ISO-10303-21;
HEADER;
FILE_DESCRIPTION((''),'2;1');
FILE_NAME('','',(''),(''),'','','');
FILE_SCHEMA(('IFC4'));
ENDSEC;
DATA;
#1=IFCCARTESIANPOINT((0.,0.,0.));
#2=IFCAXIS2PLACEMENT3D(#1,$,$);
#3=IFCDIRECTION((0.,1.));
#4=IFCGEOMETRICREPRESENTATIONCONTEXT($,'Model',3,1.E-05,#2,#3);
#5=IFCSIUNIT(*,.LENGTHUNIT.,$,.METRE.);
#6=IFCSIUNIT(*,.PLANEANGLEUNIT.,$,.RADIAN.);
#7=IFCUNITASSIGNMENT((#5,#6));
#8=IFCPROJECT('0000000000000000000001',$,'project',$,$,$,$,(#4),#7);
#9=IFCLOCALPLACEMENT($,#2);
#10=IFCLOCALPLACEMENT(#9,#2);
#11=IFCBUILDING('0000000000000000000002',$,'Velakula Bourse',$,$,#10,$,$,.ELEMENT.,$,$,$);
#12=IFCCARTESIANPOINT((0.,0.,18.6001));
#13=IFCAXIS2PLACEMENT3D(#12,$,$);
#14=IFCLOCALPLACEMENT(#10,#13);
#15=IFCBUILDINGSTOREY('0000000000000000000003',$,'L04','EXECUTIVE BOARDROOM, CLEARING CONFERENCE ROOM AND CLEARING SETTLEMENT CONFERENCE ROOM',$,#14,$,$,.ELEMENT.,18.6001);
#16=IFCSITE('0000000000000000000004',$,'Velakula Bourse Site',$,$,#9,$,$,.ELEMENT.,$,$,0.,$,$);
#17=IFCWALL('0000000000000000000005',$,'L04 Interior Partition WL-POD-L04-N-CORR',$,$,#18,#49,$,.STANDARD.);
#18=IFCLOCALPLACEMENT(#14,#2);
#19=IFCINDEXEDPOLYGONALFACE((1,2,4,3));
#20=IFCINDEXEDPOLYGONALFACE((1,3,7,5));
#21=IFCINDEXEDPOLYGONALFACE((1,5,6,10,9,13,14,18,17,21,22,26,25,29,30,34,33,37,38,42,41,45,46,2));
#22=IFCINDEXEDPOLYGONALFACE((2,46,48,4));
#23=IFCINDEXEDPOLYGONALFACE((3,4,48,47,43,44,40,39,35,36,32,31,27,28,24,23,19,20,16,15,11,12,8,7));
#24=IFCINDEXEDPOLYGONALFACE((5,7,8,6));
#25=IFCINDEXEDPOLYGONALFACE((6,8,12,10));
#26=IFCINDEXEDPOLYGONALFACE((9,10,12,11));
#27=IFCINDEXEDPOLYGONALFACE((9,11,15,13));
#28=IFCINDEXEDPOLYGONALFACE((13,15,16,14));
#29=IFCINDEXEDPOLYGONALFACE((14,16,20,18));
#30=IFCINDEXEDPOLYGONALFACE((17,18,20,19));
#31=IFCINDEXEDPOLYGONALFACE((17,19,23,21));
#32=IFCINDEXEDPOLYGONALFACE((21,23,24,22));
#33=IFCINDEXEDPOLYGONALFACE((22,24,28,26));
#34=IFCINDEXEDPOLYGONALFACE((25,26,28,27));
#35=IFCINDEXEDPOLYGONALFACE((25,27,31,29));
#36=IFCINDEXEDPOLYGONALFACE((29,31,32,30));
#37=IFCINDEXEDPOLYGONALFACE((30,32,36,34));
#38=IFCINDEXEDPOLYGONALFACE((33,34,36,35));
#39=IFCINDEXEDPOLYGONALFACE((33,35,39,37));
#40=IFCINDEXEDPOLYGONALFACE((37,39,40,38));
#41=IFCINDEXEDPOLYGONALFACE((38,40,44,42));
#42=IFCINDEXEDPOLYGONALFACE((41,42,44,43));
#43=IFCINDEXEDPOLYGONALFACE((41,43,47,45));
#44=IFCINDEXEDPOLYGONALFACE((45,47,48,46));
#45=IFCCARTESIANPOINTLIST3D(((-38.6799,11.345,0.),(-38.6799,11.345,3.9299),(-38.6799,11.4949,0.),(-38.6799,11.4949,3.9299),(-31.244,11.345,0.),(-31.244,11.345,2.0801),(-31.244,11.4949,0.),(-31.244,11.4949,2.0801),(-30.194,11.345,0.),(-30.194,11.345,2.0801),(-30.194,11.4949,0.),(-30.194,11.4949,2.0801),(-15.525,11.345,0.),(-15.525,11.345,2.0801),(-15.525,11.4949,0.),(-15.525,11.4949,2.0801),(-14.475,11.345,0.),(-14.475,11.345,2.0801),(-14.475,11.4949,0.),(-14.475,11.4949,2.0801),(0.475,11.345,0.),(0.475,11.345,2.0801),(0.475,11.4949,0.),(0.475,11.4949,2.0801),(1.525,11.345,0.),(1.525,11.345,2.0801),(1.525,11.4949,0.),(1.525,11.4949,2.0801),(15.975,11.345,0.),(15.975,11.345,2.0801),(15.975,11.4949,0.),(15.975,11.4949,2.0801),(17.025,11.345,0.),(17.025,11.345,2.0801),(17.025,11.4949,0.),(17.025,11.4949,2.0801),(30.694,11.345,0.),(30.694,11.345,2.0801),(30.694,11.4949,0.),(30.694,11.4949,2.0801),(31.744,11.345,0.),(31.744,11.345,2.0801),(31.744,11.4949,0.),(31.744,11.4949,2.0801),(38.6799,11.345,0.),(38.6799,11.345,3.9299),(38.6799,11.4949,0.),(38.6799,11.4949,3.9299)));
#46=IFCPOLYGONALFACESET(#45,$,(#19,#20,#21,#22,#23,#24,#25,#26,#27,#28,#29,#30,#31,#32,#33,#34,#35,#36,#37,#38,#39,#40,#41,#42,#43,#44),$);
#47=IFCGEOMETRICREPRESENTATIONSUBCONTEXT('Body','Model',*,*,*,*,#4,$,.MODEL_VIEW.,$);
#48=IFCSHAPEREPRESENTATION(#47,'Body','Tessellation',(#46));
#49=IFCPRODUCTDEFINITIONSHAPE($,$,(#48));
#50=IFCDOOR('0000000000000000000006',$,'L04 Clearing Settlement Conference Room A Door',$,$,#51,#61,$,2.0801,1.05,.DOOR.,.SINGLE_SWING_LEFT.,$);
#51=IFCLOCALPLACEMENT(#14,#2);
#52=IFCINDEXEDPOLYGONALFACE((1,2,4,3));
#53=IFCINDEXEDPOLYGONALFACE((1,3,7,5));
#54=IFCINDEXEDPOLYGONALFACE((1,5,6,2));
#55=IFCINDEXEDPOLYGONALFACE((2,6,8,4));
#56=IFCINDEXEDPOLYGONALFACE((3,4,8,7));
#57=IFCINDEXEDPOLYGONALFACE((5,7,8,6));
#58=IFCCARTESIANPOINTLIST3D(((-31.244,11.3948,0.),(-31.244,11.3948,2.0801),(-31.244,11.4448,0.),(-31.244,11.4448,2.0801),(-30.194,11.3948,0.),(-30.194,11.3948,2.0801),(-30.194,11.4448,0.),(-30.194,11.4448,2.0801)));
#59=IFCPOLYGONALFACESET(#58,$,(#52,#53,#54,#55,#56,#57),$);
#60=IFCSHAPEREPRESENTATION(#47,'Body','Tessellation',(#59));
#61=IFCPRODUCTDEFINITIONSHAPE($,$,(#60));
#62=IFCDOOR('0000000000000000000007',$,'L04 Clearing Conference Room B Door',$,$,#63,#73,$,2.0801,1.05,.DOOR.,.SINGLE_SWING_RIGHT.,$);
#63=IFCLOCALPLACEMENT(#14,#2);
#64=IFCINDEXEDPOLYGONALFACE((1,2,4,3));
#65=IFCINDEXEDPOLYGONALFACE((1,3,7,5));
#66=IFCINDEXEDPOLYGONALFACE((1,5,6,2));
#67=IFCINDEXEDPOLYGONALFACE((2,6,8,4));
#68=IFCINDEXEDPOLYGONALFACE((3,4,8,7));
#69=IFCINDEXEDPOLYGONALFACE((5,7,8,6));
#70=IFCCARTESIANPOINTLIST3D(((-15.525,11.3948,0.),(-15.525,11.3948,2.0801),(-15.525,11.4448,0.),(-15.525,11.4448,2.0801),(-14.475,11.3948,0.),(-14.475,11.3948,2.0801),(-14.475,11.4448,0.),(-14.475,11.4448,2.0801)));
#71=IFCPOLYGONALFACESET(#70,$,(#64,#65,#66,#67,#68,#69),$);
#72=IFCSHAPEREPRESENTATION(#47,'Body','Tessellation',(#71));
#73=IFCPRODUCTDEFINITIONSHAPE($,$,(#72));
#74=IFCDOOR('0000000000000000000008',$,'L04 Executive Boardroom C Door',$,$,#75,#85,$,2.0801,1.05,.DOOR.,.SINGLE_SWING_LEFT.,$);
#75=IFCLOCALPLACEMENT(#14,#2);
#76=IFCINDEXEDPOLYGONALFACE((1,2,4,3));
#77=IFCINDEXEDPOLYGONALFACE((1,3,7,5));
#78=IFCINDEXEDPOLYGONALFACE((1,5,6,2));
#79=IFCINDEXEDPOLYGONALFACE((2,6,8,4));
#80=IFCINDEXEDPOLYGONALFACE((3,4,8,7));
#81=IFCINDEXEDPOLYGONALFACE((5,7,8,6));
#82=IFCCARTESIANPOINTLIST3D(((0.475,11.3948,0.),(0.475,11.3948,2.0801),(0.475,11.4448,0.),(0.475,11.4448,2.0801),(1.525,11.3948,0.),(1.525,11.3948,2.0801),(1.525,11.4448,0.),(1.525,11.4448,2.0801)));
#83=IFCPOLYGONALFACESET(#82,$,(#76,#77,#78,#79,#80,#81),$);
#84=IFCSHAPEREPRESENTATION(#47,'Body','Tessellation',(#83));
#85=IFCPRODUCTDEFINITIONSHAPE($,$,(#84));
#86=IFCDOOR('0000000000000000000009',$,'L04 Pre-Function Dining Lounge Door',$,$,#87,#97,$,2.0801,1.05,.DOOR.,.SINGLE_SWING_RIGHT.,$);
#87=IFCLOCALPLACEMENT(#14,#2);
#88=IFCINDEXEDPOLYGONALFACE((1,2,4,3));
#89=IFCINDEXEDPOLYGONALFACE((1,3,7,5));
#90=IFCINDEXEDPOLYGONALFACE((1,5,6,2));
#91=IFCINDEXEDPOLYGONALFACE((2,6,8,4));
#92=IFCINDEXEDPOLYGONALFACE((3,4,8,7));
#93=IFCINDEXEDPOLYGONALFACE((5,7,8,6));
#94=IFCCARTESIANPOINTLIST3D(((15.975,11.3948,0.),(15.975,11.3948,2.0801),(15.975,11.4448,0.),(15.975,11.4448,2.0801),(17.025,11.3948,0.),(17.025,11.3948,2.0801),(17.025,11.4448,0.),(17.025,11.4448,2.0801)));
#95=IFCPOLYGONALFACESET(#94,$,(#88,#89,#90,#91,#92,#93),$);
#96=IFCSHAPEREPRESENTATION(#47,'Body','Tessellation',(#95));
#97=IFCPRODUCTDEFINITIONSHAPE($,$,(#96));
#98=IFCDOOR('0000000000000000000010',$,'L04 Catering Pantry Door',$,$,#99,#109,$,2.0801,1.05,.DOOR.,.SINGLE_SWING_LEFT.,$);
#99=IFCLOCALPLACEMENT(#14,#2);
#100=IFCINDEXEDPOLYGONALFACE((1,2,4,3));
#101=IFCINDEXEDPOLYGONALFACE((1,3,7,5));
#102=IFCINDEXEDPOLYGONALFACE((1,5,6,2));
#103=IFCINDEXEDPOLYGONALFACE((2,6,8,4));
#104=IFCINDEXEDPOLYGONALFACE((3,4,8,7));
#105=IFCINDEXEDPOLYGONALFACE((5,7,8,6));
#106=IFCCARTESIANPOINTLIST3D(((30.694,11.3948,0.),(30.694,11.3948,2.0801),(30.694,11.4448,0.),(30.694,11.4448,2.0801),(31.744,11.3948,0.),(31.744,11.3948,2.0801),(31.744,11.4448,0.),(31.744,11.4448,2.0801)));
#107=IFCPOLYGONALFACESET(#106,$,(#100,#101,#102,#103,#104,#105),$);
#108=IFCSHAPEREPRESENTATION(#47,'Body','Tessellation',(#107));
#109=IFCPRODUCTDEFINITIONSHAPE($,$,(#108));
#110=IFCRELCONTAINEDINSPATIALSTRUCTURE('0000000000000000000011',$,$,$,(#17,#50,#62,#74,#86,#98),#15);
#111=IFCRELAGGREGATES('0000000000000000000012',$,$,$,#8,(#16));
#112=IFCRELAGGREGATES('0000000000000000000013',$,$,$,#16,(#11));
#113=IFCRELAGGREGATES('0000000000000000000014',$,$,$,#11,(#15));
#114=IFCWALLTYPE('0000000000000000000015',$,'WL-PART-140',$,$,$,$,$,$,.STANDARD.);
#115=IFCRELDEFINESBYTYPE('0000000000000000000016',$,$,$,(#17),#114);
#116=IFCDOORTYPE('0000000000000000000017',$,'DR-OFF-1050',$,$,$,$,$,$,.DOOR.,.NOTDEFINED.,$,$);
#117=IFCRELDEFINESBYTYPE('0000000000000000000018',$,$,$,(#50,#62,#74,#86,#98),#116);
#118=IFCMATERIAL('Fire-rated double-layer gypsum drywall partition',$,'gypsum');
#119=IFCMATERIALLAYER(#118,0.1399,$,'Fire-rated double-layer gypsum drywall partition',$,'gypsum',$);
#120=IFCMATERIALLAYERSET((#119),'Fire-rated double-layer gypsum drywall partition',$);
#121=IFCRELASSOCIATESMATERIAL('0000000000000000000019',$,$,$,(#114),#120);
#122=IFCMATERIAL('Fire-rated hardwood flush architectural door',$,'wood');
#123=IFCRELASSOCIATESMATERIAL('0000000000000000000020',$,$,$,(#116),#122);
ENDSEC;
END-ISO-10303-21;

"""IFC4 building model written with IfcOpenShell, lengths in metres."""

from ifc_helpers import new_model, si_unit, direction, frame, frame_2d, origin, place, context, subcontext, project, spatial, rectangle, extrude, material, layer, layer_set, type_object, element, fill, save


model = new_model("IFC4")

# Units and contexts
model_context = context("Model", 3, precision=1e-05, world=origin(), true_north=direction((0.0, 1.0)))
body_context = subcontext(model_context, "Body", "Model", "MODEL_VIEW")
ifc_project = project(units=[si_unit("LENGTHUNIT", "METRE"), si_unit("PLANEANGLEUNIT", "RADIAN")], contexts=[model_context])

# Site, building, storey
site_placement = place(None, origin())
site = spatial("IfcSite", under=ifc_project, at=site_placement, Name="Velakula Bourse Site", CompositionType="ELEMENT", RefElevation=0.0)
building_placement = place(site_placement, origin())
building = spatial("IfcBuilding", under=site, at=building_placement, Name="Velakula Bourse", CompositionType="ELEMENT")
storey_placement = place(building_placement, frame((0.0, 0.0, 18.6001)))
storey = spatial("IfcBuildingStorey", under=building, at=storey_placement, Name="L04", Description="EXECUTIVE BOARDROOM, CLEARING CONFERENCE ROOM AND CLEARING SETTLEMENT CONFERENCE ROOM", CompositionType="ELEMENT", Elevation=18.6001)

# Wall, openings, doors
ifc_material_1 = material(Name="Fire-rated double-layer gypsum drywall partition", Category="gypsum")
ifc_layer = layer(ifc_material_1, 0.1399, Name="Fire-rated double-layer gypsum drywall partition", Category="gypsum")
ifc_layer_set = layer_set([ifc_layer], Name="Fire-rated double-layer gypsum drywall partition")
wall_type = type_object("IfcWallType", Name="WL-PART-140", PredefinedType="STANDARD", material=ifc_layer_set)
wall_placement = place(storey_placement, frame((-38.6799, 11.4199, 0.0), z_axis=(0.0, 0.0, 1.0), x_axis=(1.0, 0.0, 0.0)))
wall = element("IfcWall", 1, at=wall_placement, inside=storey, type_object=wall_type, Name="L04 Interior Partition WL-POD-L04-N-CORR", PredefinedType="STANDARD", context=body_context, shape_type="SweptSolid", body=[
    extrude(rectangle(XDim=77.3599, YDim=0.1499, at=frame_2d((38.6799, 0.0))), origin(), (0.0, 0.0, 1.0), 3.9299),
])
opening_1_placement = place(wall_placement, frame((7.436, 0.0, 0.0)))
opening_1 = element("IfcOpeningElement", 2, at=opening_1_placement, cuts=wall, PredefinedType="OPENING", context=body_context, shape_type="SweptSolid", body=[
    extrude(rectangle(XDim=1.05, YDim=2.0801, at=frame_2d((0.5249, 1.04))), frame((0.0, 0.085, 0.0), z_axis=(0.0, -1.0, 0.0), x_axis=(1.0, 0.0, 0.0)), (0.0, 0.0, 1.0), 0.1699),
])
opening_2_placement = place(wall_placement, frame((23.155, 0.0, 0.0)))
opening_2 = element("IfcOpeningElement", 3, at=opening_2_placement, cuts=wall, PredefinedType="OPENING", context=body_context, shape_type="SweptSolid", body=[
    extrude(rectangle(XDim=1.05, YDim=2.0801, at=frame_2d((0.5249, 1.04))), frame((0.0, 0.085, 0.0), z_axis=(0.0, -1.0, 0.0), x_axis=(1.0, 0.0, 0.0)), (0.0, 0.0, 1.0), 0.1699),
])
opening_3_placement = place(wall_placement, frame((39.155, 0.0, 0.0)))
opening_3 = element("IfcOpeningElement", 4, at=opening_3_placement, cuts=wall, PredefinedType="OPENING", context=body_context, shape_type="SweptSolid", body=[
    extrude(rectangle(XDim=1.05, YDim=2.0801, at=frame_2d((0.5249, 1.04))), frame((0.0, 0.085, 0.0), z_axis=(0.0, -1.0, 0.0), x_axis=(1.0, 0.0, 0.0)), (0.0, 0.0, 1.0), 0.1699),
])
opening_4_placement = place(wall_placement, frame((54.655, 0.0, 0.0)))
opening_4 = element("IfcOpeningElement", 5, at=opening_4_placement, cuts=wall, PredefinedType="OPENING", context=body_context, shape_type="SweptSolid", body=[
    extrude(rectangle(XDim=1.05, YDim=2.0801, at=frame_2d((0.5249, 1.04))), frame((0.0, 0.085, 0.0), z_axis=(0.0, -1.0, 0.0), x_axis=(1.0, 0.0, 0.0)), (0.0, 0.0, 1.0), 0.1699),
])
opening_5_placement = place(wall_placement, frame((69.374, 0.0, 0.0)))
opening_5 = element("IfcOpeningElement", 6, at=opening_5_placement, cuts=wall, PredefinedType="OPENING", context=body_context, shape_type="SweptSolid", body=[
    extrude(rectangle(XDim=1.05, YDim=2.0801, at=frame_2d((0.5249, 1.04))), frame((0.0, 0.085, 0.0), z_axis=(0.0, -1.0, 0.0), x_axis=(1.0, 0.0, 0.0)), (0.0, 0.0, 1.0), 0.1699),
])
ifc_material_2 = material(Name="Fire-rated hardwood flush architectural door", Category="wood")
door_type = type_object("IfcDoorType", Name="DR-OFF-1050", OperationType="NOTDEFINED", PredefinedType="DOOR", material=ifc_material_2)
door_1_placement = place(opening_1_placement, origin())
door_1 = element("IfcDoor", 7, at=door_1_placement, inside=storey, type_object=door_type, Name="L04 Clearing Settlement Conference Room A Door", OperationType="SINGLE_SWING_LEFT", OverallHeight=2.0801, OverallWidth=1.05, PredefinedType="DOOR", context=body_context, shape_type="SweptSolid", body=[
    extrude(rectangle(XDim=1.05, YDim=2.0801, at=frame_2d((0.5249, 1.04))), frame((0.0, 0.0249, 0.0), z_axis=(0.0, -1.0, 0.0), x_axis=(1.0, 0.0, 0.0)), (0.0, 0.0, 1.0), 0.05),
])
fill(opening_1, door_1)
door_2_placement = place(opening_2_placement, origin())
door_2 = element("IfcDoor", 8, at=door_2_placement, inside=storey, type_object=door_type, Name="L04 Clearing Conference Room B Door", OperationType="SINGLE_SWING_RIGHT", OverallHeight=2.0801, OverallWidth=1.05, PredefinedType="DOOR", context=body_context, shape_type="SweptSolid", body=[
    extrude(rectangle(XDim=1.05, YDim=2.0801, at=frame_2d((0.5249, 1.04))), frame((0.0, 0.0249, 0.0), z_axis=(0.0, -1.0, 0.0), x_axis=(1.0, 0.0, 0.0)), (0.0, 0.0, 1.0), 0.05),
])
fill(opening_2, door_2)
door_3_placement = place(opening_3_placement, origin())
door_3 = element("IfcDoor", 9, at=door_3_placement, inside=storey, type_object=door_type, Name="L04 Executive Boardroom C Door", OperationType="SINGLE_SWING_LEFT", OverallHeight=2.0801, OverallWidth=1.05, PredefinedType="DOOR", context=body_context, shape_type="SweptSolid", body=[
    extrude(rectangle(XDim=1.05, YDim=2.0801, at=frame_2d((0.5249, 1.04))), frame((0.0, 0.0249, 0.0), z_axis=(0.0, -1.0, 0.0), x_axis=(1.0, 0.0, 0.0)), (0.0, 0.0, 1.0), 0.05),
])
fill(opening_3, door_3)
door_4_placement = place(opening_4_placement, origin())
door_4 = element("IfcDoor", 10, at=door_4_placement, inside=storey, type_object=door_type, Name="L04 Pre-Function Dining Lounge Door", OperationType="SINGLE_SWING_RIGHT", OverallHeight=2.0801, OverallWidth=1.05, PredefinedType="DOOR", context=body_context, shape_type="SweptSolid", body=[
    extrude(rectangle(XDim=1.05, YDim=2.0801, at=frame_2d((0.5249, 1.04))), frame((0.0, 0.0249, 0.0), z_axis=(0.0, -1.0, 0.0), x_axis=(1.0, 0.0, 0.0)), (0.0, 0.0, 1.0), 0.05),
])
fill(opening_4, door_4)
door_5_placement = place(opening_5_placement, origin())
door_5 = element("IfcDoor", 11, at=door_5_placement, inside=storey, type_object=door_type, Name="L04 Catering Pantry Door", OperationType="SINGLE_SWING_LEFT", OverallHeight=2.0801, OverallWidth=1.05, PredefinedType="DOOR", context=body_context, shape_type="SweptSolid", body=[
    extrude(rectangle(XDim=1.05, YDim=2.0801, at=frame_2d((0.5249, 1.04))), frame((0.0, 0.0249, 0.0), z_axis=(0.0, -1.0, 0.0), x_axis=(1.0, 0.0, 0.0)), (0.0, 0.0, 1.0), 0.05),
])
fill(opening_5, door_5)

save(model, "model.ifc")
